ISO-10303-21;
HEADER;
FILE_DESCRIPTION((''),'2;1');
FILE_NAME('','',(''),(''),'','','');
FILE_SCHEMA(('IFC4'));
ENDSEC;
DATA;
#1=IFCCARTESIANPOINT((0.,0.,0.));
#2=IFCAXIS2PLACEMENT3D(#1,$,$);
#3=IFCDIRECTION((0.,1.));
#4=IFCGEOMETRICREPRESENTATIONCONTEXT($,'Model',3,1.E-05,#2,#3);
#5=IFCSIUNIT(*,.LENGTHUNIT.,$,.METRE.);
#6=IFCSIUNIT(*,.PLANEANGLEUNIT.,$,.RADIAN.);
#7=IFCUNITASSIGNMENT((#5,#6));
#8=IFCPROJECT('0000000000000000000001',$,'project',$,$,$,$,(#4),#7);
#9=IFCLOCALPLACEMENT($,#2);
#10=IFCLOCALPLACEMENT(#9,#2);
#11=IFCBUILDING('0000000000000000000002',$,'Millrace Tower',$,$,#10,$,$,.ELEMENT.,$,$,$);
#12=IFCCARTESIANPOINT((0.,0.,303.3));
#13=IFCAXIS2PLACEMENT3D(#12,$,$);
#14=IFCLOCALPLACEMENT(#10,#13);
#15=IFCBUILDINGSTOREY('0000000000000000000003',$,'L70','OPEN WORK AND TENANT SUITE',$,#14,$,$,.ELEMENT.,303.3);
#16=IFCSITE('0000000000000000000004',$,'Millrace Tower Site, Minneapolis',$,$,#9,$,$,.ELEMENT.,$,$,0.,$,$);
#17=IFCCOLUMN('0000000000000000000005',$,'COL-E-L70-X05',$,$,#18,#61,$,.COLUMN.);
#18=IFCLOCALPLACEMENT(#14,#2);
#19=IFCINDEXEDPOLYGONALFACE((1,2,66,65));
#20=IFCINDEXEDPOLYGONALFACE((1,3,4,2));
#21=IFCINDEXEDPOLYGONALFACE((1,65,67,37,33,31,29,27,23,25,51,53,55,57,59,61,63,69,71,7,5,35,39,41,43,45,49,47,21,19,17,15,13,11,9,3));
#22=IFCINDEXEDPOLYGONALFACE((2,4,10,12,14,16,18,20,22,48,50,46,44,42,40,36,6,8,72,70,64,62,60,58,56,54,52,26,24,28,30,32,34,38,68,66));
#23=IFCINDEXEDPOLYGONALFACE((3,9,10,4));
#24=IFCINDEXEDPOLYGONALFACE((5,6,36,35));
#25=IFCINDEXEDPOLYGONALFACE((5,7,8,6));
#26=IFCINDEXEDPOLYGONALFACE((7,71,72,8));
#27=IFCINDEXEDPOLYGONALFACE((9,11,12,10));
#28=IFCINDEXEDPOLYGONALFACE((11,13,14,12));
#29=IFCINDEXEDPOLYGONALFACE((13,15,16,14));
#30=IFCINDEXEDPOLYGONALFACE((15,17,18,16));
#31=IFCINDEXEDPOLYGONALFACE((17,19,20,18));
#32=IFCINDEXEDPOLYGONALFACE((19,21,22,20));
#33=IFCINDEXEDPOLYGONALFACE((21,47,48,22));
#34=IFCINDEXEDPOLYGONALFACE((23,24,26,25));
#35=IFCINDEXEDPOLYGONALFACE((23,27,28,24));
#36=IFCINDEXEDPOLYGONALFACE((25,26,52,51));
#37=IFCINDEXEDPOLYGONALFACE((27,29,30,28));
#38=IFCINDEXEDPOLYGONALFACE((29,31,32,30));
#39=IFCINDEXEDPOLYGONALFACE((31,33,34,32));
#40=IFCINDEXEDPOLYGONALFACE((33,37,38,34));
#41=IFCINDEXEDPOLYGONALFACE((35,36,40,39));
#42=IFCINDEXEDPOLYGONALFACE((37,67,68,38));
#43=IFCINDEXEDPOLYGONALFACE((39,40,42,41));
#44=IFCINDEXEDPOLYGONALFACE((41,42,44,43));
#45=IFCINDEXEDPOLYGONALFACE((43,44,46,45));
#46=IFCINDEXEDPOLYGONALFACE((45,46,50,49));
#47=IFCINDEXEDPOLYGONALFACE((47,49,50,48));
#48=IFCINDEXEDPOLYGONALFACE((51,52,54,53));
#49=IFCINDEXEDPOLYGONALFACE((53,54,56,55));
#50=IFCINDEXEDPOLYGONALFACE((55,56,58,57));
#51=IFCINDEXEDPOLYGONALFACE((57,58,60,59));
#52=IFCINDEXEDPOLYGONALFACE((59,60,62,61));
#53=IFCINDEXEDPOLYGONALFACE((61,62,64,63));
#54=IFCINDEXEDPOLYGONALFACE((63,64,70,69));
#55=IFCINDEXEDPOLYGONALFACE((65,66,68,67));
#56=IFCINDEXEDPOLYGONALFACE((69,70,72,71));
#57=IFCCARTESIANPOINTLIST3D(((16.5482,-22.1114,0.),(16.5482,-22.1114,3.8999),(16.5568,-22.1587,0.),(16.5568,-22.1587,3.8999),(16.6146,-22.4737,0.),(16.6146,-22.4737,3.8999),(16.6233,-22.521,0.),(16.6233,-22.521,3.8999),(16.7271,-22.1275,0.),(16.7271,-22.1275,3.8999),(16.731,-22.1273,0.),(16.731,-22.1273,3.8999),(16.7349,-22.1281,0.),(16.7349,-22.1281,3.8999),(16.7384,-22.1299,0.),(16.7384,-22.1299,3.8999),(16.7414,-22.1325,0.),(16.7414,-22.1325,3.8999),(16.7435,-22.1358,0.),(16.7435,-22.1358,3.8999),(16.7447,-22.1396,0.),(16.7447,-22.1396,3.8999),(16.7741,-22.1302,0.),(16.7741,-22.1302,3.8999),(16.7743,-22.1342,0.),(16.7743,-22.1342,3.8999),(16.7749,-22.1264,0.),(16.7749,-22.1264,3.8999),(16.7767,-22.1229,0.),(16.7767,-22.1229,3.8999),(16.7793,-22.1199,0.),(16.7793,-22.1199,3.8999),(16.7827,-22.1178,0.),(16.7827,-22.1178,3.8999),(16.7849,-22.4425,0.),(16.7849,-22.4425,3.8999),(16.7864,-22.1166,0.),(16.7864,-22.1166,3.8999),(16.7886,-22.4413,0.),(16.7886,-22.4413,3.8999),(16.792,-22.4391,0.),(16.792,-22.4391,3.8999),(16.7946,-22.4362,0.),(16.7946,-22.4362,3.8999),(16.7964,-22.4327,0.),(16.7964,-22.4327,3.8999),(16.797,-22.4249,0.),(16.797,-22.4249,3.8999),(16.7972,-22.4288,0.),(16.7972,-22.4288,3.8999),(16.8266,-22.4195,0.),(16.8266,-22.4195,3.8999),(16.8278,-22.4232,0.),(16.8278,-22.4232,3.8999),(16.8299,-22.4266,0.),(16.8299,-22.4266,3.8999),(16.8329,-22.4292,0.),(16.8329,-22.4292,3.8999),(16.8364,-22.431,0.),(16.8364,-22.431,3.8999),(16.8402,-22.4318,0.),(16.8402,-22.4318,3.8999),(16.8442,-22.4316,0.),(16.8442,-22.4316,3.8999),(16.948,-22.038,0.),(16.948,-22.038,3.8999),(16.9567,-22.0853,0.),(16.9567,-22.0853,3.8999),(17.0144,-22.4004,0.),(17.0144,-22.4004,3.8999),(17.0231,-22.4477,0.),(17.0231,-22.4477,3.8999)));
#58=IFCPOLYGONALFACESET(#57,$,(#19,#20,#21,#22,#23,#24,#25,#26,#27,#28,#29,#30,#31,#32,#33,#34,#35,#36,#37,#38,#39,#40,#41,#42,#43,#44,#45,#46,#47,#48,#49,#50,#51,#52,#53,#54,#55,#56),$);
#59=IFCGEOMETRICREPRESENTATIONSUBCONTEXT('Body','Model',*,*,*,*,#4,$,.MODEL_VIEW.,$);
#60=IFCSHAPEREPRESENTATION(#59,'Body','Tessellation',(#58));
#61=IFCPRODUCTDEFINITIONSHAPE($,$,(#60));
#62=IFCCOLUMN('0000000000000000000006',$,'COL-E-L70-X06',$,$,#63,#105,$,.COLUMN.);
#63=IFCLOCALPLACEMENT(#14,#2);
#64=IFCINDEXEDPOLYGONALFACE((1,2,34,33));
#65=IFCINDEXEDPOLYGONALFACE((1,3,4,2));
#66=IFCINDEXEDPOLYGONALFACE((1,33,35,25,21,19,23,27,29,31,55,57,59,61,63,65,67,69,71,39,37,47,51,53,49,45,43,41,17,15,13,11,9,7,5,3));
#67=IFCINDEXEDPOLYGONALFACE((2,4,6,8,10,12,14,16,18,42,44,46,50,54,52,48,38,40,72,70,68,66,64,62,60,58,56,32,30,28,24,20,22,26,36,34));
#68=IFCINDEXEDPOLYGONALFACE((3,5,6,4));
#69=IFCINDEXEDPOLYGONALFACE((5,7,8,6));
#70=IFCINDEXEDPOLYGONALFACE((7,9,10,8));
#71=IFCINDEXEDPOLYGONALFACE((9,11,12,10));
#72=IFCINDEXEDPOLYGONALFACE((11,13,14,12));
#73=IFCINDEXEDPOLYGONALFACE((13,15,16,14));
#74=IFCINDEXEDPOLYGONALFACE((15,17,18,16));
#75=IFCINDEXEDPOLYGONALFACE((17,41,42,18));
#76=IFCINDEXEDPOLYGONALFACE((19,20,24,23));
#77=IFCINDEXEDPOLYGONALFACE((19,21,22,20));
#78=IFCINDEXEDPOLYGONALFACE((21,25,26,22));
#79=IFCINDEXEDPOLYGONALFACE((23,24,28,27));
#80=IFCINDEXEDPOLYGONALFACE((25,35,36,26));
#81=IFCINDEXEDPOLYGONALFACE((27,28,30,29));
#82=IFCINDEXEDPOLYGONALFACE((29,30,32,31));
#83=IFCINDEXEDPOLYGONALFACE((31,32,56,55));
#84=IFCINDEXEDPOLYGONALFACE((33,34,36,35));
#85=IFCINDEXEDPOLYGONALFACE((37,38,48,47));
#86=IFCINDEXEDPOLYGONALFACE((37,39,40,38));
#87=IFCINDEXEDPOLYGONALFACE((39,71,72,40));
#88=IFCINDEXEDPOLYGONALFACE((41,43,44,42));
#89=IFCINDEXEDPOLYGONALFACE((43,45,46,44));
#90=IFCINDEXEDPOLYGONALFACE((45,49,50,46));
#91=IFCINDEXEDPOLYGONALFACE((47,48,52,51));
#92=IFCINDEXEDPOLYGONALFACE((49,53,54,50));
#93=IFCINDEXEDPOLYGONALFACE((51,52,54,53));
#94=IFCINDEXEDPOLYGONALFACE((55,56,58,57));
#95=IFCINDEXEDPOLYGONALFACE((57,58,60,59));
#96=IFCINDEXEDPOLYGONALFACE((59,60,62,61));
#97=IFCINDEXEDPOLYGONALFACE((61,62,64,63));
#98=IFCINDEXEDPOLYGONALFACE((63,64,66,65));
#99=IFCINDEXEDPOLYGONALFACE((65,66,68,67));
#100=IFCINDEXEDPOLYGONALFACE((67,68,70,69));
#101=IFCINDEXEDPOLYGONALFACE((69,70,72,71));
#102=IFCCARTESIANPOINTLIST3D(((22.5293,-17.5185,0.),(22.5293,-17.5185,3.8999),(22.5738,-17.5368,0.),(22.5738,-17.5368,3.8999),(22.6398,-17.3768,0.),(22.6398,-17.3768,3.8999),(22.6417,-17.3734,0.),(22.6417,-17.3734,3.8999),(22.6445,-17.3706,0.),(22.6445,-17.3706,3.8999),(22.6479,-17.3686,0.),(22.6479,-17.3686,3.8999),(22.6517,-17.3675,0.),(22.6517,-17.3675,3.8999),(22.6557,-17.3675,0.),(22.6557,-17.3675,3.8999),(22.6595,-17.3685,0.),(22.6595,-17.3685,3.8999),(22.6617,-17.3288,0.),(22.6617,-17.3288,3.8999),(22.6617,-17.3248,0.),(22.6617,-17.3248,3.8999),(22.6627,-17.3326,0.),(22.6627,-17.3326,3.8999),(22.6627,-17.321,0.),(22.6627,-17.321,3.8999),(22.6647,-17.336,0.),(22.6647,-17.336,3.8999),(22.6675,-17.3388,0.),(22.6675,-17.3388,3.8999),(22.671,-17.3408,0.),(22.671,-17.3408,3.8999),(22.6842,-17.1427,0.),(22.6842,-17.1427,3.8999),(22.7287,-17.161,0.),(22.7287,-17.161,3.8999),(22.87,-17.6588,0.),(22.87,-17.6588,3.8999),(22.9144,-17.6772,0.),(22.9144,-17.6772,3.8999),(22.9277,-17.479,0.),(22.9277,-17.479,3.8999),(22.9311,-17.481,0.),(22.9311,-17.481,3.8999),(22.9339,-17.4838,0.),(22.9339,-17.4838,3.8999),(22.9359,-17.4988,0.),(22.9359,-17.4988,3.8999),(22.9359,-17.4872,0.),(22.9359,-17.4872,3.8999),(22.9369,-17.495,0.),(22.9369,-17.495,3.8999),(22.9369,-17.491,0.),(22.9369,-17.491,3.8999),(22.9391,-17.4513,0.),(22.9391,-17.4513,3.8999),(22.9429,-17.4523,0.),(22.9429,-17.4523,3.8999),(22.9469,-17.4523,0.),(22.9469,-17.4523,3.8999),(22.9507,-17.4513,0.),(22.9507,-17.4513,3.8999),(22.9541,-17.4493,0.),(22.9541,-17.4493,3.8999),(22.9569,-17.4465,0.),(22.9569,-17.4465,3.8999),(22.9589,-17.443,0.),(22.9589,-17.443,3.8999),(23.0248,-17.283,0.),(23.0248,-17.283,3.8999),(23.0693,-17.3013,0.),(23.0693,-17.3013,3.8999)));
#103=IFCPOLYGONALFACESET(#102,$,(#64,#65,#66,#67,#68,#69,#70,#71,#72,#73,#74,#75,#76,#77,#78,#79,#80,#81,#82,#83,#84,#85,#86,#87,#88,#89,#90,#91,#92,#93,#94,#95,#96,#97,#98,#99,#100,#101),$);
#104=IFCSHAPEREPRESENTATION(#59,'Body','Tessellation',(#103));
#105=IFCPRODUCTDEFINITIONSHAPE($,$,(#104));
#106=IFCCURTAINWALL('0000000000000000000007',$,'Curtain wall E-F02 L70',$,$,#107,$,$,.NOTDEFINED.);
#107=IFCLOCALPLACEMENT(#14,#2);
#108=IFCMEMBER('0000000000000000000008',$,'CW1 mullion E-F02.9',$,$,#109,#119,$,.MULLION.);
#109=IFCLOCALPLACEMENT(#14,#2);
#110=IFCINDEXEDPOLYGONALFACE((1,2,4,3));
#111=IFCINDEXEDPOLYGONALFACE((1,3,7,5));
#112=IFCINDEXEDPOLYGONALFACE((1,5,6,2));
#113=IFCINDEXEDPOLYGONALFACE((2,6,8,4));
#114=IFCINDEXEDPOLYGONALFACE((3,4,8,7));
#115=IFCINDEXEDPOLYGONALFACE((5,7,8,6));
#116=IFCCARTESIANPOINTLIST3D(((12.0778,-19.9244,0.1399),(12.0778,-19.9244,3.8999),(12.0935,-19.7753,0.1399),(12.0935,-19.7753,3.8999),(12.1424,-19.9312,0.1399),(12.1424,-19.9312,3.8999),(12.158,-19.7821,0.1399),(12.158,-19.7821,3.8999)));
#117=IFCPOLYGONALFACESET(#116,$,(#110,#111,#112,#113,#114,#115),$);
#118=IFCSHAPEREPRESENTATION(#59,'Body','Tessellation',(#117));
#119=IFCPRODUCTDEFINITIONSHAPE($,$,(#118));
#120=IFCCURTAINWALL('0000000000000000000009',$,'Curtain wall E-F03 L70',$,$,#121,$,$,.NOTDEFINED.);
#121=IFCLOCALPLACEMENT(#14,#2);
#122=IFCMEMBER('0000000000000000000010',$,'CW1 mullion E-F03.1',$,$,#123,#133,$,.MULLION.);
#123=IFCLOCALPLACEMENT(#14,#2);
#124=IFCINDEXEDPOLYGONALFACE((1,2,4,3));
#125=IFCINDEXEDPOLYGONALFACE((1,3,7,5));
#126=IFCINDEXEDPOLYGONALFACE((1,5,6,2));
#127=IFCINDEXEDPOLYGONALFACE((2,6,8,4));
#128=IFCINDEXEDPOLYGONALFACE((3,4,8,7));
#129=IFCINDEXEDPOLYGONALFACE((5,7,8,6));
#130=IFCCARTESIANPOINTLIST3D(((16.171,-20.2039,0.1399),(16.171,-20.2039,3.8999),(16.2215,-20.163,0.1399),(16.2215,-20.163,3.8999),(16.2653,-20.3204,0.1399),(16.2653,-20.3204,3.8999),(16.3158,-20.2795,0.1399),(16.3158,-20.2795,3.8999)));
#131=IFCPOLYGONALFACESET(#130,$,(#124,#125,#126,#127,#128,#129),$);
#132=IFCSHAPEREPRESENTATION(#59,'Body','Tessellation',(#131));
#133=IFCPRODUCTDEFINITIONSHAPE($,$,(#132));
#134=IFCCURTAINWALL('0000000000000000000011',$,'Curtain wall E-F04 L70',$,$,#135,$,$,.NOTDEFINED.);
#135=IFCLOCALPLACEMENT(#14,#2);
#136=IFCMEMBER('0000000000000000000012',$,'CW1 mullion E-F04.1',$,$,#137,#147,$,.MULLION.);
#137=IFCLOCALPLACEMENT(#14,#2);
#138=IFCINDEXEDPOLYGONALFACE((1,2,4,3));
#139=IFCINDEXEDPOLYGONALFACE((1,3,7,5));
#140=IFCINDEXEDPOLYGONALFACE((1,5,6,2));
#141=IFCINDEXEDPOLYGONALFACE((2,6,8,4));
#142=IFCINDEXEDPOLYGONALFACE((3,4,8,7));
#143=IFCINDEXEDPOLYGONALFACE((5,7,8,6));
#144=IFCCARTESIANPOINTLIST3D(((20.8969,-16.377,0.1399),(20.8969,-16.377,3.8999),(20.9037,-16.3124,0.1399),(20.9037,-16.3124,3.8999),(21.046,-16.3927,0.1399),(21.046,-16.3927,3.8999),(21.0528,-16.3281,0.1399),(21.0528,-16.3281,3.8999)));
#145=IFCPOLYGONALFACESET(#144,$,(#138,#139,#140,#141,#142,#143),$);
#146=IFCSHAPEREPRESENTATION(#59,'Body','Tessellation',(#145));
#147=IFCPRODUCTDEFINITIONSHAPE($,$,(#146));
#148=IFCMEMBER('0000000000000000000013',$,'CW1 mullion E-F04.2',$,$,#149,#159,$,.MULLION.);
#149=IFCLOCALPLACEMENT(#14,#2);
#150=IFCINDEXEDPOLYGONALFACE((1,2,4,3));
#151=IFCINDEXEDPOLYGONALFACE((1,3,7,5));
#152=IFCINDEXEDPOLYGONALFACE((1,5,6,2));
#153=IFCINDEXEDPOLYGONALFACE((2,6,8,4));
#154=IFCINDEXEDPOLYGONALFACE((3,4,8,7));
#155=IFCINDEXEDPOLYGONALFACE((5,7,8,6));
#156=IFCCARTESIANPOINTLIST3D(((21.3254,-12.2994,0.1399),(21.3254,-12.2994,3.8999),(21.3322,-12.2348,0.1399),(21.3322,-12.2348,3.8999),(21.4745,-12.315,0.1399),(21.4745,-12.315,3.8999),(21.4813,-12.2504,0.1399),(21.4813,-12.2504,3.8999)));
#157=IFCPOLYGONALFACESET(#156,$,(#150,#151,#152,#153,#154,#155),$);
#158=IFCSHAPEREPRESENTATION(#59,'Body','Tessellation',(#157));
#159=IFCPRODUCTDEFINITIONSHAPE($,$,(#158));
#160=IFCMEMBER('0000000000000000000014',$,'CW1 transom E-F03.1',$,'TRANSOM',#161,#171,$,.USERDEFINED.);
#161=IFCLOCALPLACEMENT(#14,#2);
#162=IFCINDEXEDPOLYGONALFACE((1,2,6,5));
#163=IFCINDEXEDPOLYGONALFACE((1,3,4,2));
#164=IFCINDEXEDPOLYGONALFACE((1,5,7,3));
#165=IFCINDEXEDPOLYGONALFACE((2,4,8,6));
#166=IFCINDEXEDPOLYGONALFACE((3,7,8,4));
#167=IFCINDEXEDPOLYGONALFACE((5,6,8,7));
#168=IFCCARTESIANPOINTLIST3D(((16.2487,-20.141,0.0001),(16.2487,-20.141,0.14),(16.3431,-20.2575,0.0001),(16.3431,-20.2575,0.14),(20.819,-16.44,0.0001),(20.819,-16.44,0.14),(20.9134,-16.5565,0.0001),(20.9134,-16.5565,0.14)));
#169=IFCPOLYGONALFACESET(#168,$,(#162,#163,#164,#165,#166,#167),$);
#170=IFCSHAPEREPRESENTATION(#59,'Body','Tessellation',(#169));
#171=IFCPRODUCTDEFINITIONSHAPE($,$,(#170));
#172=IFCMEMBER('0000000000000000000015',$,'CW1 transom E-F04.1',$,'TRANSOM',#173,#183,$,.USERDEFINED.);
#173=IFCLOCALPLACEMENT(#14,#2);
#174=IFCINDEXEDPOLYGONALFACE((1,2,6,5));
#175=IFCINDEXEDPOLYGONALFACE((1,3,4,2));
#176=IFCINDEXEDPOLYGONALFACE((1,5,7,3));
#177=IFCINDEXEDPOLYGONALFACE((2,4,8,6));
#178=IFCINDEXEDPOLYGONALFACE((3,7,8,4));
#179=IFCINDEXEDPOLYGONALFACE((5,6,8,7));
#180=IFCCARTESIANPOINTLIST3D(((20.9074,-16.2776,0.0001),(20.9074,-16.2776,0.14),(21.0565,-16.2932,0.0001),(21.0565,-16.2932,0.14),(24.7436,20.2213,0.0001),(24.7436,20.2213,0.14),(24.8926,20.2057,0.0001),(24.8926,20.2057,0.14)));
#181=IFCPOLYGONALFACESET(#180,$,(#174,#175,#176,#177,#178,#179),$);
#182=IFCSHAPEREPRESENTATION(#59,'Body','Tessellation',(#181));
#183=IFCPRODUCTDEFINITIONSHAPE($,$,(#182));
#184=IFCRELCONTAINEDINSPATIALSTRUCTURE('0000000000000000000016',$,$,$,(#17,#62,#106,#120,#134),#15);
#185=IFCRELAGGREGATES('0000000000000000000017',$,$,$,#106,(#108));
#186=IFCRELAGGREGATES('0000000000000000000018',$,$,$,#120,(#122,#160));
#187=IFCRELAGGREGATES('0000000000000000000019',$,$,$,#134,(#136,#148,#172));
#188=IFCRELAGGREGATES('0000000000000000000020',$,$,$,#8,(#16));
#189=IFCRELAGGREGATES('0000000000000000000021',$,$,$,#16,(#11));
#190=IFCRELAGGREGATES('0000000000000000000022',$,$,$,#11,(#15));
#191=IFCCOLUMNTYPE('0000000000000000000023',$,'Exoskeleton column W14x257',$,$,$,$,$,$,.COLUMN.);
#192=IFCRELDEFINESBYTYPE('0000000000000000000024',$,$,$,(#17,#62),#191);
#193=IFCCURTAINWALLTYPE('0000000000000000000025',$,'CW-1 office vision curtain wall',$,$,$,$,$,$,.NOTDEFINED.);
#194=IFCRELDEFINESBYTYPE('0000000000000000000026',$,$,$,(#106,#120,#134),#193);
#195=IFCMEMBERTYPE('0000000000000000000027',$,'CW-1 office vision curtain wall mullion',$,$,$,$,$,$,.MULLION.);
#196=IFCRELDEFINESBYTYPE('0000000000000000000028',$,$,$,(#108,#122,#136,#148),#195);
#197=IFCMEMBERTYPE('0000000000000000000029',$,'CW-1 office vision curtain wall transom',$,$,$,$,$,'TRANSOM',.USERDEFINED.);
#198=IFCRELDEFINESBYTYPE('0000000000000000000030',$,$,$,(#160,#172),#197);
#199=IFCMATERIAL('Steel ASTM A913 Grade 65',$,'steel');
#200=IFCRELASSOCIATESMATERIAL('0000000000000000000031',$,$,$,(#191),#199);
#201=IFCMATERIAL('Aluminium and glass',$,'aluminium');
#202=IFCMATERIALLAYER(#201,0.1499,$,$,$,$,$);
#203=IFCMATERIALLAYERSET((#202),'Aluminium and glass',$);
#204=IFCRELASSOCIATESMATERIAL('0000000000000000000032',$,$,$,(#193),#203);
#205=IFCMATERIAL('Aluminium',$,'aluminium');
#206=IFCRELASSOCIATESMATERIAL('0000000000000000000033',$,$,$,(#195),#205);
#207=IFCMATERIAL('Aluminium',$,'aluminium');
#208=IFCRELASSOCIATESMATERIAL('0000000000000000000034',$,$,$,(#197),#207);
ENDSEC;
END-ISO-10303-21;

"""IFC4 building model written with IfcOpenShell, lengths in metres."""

from ifc_helpers import new_model, si_unit, direction, frame, origin, origin_2d, place, context, subcontext, project, spatial, rectangle, i_section, extrude, material, layer, layer_set, material_profile, profile_set, type_object, element, aggregate, save


model = new_model("IFC4")

# Units and contexts
model_context = context("Model", 3, precision=1e-05, world=origin(), true_north=direction((0.0, 1.0)))
body_context = subcontext(model_context, "Body", "Model", "MODEL_VIEW")
ifc_project = project(units=[si_unit("LENGTHUNIT", "METRE"), si_unit("PLANEANGLEUNIT", "RADIAN")], contexts=[model_context])

# Site, building, storey
site_placement = place(None, origin())
site = spatial("IfcSite", under=ifc_project, at=site_placement, Name="Millrace Tower Site, Minneapolis", CompositionType="ELEMENT", RefElevation=0.0)
building_placement = place(site_placement, origin())
building = spatial("IfcBuilding", under=site, at=building_placement, Name="Millrace Tower", CompositionType="ELEMENT")
storey_placement = place(building_placement, frame((0.0, 0.0, 303.3)))
storey = spatial("IfcBuildingStorey", under=building, at=storey_placement, Name="L70", Description="OPEN WORK AND TENANT SUITE", CompositionType="ELEMENT", Elevation=303.3)

# Columns
ifc_material_1 = material(Name="Steel ASTM A913 Grade 65", Category="steel")
ifc_material_profile_1 = material_profile(ifc_material_1, i_section(OverallWidth=0.4065, OverallDepth=0.4165, WebThickness=0.03, FlangeThickness=0.0481, FilletRadius=0.0151, at=origin_2d()))
ifc_profile_set_1 = profile_set([ifc_material_profile_1], Name="Steel ASTM A913 Grade 65")
column_type = type_object("IfcColumnType", Name="Exoskeleton column W14x257", PredefinedType="COLUMN", material=ifc_profile_set_1)
for number, where, z_axis, x_axis, name in (
    (1, (16.7856, -22.2795, 0.0), (0.0, 0.0, 1.0), (0.983596, 0.180387, 0.0), "COL-E-L70-X05"),
    (2, (22.7993, -17.4099, 0.0), (0.0, 0.0, 1.0), (0.380947, 0.924597, 0.0), "COL-E-L70-X06"),
):
    element("IfcColumn", number, at=place(storey_placement, frame(where, z_axis=z_axis, x_axis=x_axis)), inside=storey, type_object=column_type, Name=name, PredefinedType="COLUMN", context=body_context, shape_type="SweptSolid", body=[
        extrude(i_section(OverallWidth=0.4065, OverallDepth=0.4165, WebThickness=0.03, FlangeThickness=0.0481, FilletRadius=0.0151, at=origin_2d()), origin(), (0.0, 0.0, 1.0), 3.8999),
    ])

# Curtain walls, members
ifc_material_2 = material(Name="Aluminium and glass", Category="aluminium")
ifc_layer_1 = layer(ifc_material_2, 0.1499)
ifc_layer_set_1 = layer_set([ifc_layer_1], Name="Aluminium and glass")
curtain_wall_type = type_object("IfcCurtainWallType", Name="CW-1 office vision curtain wall", PredefinedType="NOTDEFINED", material=ifc_layer_set_1)
placement = place(storey_placement, origin())
curtain_wall_1 = element("IfcCurtainWall", 3, at=placement, inside=storey, type_object=curtain_wall_type, Name="Curtain wall E-F02 L70", PredefinedType="NOTDEFINED")
ifc_material_3 = material(Name="Aluminium", Category="aluminium")
ifc_material_profile_2 = material_profile(ifc_material_3, rectangle(XDim=0.0649, YDim=0.1499, at=origin_2d()))
ifc_profile_set_2 = profile_set([ifc_material_profile_2], Name="Aluminium")
member_type_1 = type_object("IfcMemberType", Name="CW-1 office vision curtain wall mullion", PredefinedType="MULLION", material=ifc_profile_set_2)
member_1_placement = place(storey_placement, frame((12.1179, -19.8533, 0.1399), z_axis=(0.0, 0.0, 1.0), x_axis=(0.994522, -0.104528, 0.0)))
member_1 = element("IfcMember", 4, at=member_1_placement, type_object=member_type_1, Name="CW1 mullion E-F02.9", PredefinedType="MULLION", context=body_context, shape_type="SweptSolid", body=[
    extrude(rectangle(XDim=0.0649, YDim=0.1499, at=origin_2d()), origin(), (0.0, 0.0, 1.0), 3.76),
])
aggregate(curtain_wall_1, [member_1])
curtain_wall_2 = element("IfcCurtainWall", 5, at=placement, inside=storey, type_object=curtain_wall_type, Name="Curtain wall E-F03 L70", PredefinedType="NOTDEFINED")
member_2_placement = place(storey_placement, frame((16.2434, -20.2417, 0.1399), z_axis=(0.0, 0.0, 1.0), x_axis=(0.777146, 0.62932, 0.0)))
member_2 = element("IfcMember", 6, at=member_2_placement, type_object=member_type_1, Name="CW1 mullion E-F03.1", PredefinedType="MULLION", context=body_context, shape_type="SweptSolid", body=[
    extrude(rectangle(XDim=0.0649, YDim=0.1499, at=origin_2d()), origin(), (0.0, 0.0, 1.0), 3.76),
])

# Curtain wall, members
curtain_wall_3 = element("IfcCurtainWall", 7, at=placement, inside=storey, type_object=curtain_wall_type, Name="Curtain wall E-F04 L70", PredefinedType="NOTDEFINED")
member_3_placement = place(storey_placement, frame((20.9749, -16.3525, 0.1399), z_axis=(0.0, 0.0, 1.0), x_axis=(0.104528, 0.994522, 0.0)))
member_3 = element("IfcMember", 8, at=member_3_placement, type_object=member_type_1, Name="CW1 mullion E-F04.1", PredefinedType="MULLION", context=body_context, shape_type="SweptSolid", body=[
    extrude(rectangle(XDim=0.0649, YDim=0.1499, at=origin_2d()), origin(), (0.0, 0.0, 1.0), 3.76),
])
member_4_placement = place(storey_placement, frame((21.4033, -12.2749, 0.1399), z_axis=(0.0, 0.0, 1.0), x_axis=(0.104528, 0.994522, 0.0)))
member_4 = element("IfcMember", 9, at=member_4_placement, type_object=member_type_1, Name="CW1 mullion E-F04.2", PredefinedType="MULLION", context=body_context, shape_type="SweptSolid", body=[
    extrude(rectangle(XDim=0.0649, YDim=0.1499, at=origin_2d()), origin(), (0.0, 0.0, 1.0), 3.76),
])

# Members
ifc_material_4 = material(Name="Aluminium", Category="aluminium")
ifc_material_profile_3 = material_profile(ifc_material_4, rectangle(XDim=0.1499, YDim=0.1399, at=origin_2d()))
ifc_profile_set_3 = profile_set([ifc_material_profile_3], Name="Aluminium")
member_type_2 = type_object("IfcMemberType", Name="CW-1 office vision curtain wall transom", ElementType="TRANSOM", PredefinedType="USERDEFINED", material=ifc_profile_set_3)
member_5_placement = place(storey_placement, frame((16.2959, -20.1992, 0.0701), z_axis=(0.777149, 0.629316, 0.0), x_axis=(-0.629316, 0.777149, 0.0)))
member_5 = element("IfcMember", 10, at=member_5_placement, type_object=member_type_2, Name="CW1 transom E-F03.1", ObjectType="TRANSOM", PredefinedType="USERDEFINED", context=body_context, shape_type="SweptSolid", body=[
    extrude(rectangle(XDim=0.1499, YDim=0.1399, at=origin_2d()), origin(), (0.0, 0.0, 1.0), 5.8809),
])
aggregate(curtain_wall_2, [member_2, member_5])
member_6_placement = place(storey_placement, frame((20.9819, -16.2854, 0.0701), z_axis=(0.104528, 0.994522, 0.0), x_axis=(-0.994522, 0.104528, 0.0)))
member_6 = element("IfcMember", 11, at=member_6_placement, type_object=member_type_2, Name="CW1 transom E-F04.1", ObjectType="TRANSOM", PredefinedType="USERDEFINED", context=body_context, shape_type="SweptSolid", body=[
    extrude(rectangle(XDim=0.1499, YDim=0.1399, at=origin_2d()), origin(), (0.0, 0.0, 1.0), 36.7),
])
aggregate(curtain_wall_3, [member_3, member_4, member_6])

save(model, "model.ifc")
